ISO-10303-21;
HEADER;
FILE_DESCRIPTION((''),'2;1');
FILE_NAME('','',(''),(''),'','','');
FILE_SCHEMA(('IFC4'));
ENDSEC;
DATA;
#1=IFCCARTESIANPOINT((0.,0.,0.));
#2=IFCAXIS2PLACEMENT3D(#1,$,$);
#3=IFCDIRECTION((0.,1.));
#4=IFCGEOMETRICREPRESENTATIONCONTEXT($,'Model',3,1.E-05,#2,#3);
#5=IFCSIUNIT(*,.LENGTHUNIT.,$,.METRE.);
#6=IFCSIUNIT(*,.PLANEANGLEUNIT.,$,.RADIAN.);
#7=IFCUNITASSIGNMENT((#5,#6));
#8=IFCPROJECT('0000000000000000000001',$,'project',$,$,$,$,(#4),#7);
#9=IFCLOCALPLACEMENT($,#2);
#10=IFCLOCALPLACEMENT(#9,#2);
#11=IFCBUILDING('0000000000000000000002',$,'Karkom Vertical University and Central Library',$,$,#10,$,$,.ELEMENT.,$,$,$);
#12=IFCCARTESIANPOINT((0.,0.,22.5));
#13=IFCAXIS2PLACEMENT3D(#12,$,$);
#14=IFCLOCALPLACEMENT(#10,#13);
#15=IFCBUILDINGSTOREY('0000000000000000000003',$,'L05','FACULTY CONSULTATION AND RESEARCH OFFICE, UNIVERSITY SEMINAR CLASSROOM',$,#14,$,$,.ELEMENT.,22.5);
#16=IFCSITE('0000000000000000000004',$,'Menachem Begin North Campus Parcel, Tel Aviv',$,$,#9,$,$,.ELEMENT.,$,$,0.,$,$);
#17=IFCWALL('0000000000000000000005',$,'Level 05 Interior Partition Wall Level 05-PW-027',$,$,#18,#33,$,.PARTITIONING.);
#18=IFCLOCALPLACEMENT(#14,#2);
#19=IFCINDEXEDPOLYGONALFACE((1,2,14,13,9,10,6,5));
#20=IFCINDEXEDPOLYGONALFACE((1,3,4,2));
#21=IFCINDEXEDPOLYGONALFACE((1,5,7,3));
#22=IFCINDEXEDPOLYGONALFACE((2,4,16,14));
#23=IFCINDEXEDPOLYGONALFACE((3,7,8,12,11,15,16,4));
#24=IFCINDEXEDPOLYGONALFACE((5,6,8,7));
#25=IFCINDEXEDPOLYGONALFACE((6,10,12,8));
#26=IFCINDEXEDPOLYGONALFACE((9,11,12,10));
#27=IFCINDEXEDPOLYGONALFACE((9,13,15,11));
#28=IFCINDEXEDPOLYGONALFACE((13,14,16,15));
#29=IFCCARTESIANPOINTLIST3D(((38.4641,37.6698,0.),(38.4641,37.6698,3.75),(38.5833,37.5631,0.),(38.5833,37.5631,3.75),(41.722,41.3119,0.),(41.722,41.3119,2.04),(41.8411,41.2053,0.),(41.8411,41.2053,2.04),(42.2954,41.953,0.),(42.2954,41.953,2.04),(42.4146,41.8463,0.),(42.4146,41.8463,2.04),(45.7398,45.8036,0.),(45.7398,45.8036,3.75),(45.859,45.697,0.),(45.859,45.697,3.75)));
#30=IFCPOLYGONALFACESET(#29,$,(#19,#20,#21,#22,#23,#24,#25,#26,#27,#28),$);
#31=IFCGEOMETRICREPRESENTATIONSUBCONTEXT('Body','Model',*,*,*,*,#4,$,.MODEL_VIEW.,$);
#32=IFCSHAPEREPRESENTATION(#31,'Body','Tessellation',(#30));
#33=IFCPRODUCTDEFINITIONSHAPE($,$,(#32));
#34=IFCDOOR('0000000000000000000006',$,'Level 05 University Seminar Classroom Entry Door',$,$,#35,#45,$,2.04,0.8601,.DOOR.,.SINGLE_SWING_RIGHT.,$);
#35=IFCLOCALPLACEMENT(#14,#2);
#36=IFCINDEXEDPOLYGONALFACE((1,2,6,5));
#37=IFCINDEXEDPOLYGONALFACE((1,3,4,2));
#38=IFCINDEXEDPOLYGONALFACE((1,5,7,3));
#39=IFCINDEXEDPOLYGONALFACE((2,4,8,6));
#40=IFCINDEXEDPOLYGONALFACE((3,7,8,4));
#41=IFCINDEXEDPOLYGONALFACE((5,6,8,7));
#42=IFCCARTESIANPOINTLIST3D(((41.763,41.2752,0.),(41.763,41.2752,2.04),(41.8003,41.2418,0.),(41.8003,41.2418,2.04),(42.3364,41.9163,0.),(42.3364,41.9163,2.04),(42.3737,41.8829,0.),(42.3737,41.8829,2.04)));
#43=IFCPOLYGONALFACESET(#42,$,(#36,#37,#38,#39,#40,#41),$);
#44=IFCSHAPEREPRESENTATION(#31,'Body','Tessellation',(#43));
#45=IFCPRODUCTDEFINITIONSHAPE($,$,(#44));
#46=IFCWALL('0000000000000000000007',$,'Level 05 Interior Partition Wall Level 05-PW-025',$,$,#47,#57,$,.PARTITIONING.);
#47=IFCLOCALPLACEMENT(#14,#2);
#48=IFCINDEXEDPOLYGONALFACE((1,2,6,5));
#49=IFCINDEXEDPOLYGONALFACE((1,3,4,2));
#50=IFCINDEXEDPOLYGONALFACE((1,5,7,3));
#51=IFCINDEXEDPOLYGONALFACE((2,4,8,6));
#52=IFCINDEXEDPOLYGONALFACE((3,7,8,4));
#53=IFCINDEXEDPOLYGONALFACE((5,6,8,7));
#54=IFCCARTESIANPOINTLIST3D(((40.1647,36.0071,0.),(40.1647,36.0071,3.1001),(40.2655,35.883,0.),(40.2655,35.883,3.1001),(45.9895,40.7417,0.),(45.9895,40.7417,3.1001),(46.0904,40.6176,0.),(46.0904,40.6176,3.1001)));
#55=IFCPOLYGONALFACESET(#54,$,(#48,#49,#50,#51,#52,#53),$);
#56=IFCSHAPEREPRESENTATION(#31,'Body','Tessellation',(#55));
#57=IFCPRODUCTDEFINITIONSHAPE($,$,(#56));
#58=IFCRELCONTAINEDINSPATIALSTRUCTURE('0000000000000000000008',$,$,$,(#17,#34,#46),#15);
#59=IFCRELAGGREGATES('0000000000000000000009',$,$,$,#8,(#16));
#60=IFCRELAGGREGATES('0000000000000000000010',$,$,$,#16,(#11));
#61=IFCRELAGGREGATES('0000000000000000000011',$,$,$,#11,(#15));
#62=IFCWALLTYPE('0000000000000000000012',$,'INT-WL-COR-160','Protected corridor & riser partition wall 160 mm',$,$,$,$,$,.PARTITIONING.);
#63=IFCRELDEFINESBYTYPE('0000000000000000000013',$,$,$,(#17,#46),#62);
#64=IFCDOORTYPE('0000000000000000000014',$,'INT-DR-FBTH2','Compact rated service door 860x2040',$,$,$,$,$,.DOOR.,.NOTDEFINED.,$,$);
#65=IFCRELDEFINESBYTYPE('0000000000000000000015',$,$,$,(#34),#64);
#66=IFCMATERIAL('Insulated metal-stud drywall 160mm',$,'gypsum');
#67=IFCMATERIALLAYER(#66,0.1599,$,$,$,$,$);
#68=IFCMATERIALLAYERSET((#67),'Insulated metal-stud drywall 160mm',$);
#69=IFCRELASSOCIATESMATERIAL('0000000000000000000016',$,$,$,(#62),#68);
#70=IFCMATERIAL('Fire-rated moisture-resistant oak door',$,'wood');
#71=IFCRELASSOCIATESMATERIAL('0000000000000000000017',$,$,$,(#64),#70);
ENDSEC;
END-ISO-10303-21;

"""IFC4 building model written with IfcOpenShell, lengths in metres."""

from ifc_helpers import new_model, si_unit, direction, frame, frame_2d, origin, origin_with_axes, place, context, subcontext, project, spatial, rectangle, extrude, source, transform, mapped, material, layer, layer_set, type_object, element, fill, save


model = new_model("IFC4")

# Units and contexts
model_context = context("Model", 3, precision=1e-05, world=origin(), true_north=direction((0.0, 1.0)))
body_context = subcontext(model_context, "Body", "Model", "MODEL_VIEW")
ifc_project = project(units=[si_unit("LENGTHUNIT", "METRE"), si_unit("PLANEANGLEUNIT", "RADIAN")], contexts=[model_context])

# Site, building, storey
site_placement = place(None, origin())
site = spatial("IfcSite", under=ifc_project, at=site_placement, Name="Menachem Begin North Campus Parcel, Tel Aviv", CompositionType="ELEMENT", RefElevation=0.0)
building_placement = place(site_placement, origin())
building = spatial("IfcBuilding", under=site, at=building_placement, Name="Karkom Vertical University and Central Library", CompositionType="ELEMENT")
storey_placement = place(building_placement, frame((0.0, 0.0, 22.5)))
storey = spatial("IfcBuildingStorey", under=building, at=storey_placement, Name="L05", Description="FACULTY CONSULTATION AND RESEARCH OFFICE, UNIVERSITY SEMINAR CLASSROOM", CompositionType="ELEMENT", Elevation=22.5)

# Shared definitions
ifc_material_1 = material(Name="Insulated metal-stud drywall 160mm", Category="gypsum")
ifc_layer_1 = layer(ifc_material_1, 0.1599)
ifc_layer_set_1 = layer_set([ifc_layer_1], Name="Insulated metal-stud drywall 160mm")
wall_type_1 = type_object("IfcWallType", Name="INT-WL-COR-160", Description="Protected corridor & riser partition wall 160 mm", PredefinedType="PARTITIONING", material=ifc_layer_set_1)
ifc_material_2 = material(Name="Fire-rated moisture-resistant oak door", Category="wood")
door_type_1 = type_object("IfcDoorType", Name="INT-DR-FBTH2", Description="Compact rated service door 860x2040", OperationType="NOTDEFINED", PredefinedType="DOOR", material=ifc_material_2)
shared_shape_1 = source(origin_with_axes(), body_context, "Body", "SweptSolid", [
    extrude(rectangle(XDim=0.8601, YDim=2.04, at=frame_2d((0.4302, 1.02))), frame((0.0, 0.0249, 0.0), z_axis=(0.0, -1.0, 0.0), x_axis=(1.0, 0.0, 0.0)), (0.0, 0.0, 1.0), 0.05),
])

# Wall, opening, door
wall_1_placement = place(storey_placement, frame((38.5237, 37.6165, 0.0), z_axis=(0.0, 0.0, 1.0), x_axis=(0.666695, 0.745331, 0.0)))
wall_1 = element("IfcWall", 1, at=wall_1_placement, inside=storey, type_object=wall_type_1, Name="Level 05 Interior Partition Wall Level 05-PW-027", PredefinedType="PARTITIONING", context=body_context, shape_type="SweptSolid", body=[
    extrude(rectangle(XDim=10.9131, YDim=0.1599, at=frame_2d((5.4565, 0.0))), origin(), (0.0, 0.0, 1.0), 3.75),
])
opening_1_placement = place(wall_1_placement, frame((4.8865, 0.0, 0.0)))
opening_1 = element("IfcOpeningElement", 2, at=opening_1_placement, cuts=wall_1, PredefinedType="OPENING", context=body_context, shape_type="SweptSolid", body=[
    extrude(rectangle(XDim=0.8601, YDim=2.04, at=frame_2d((0.4302, 1.02))), frame((0.0, 0.0898, 0.0), z_axis=(0.0, -1.0, 0.0), x_axis=(1.0, 0.0, 0.0)), (0.0, 0.0, 1.0), 0.1799),
])
door_1_placement = place(opening_1_placement, origin())
door_1 = element("IfcDoor", 3, at=door_1_placement, inside=storey, type_object=door_type_1, Name="Level 05 University Seminar Classroom Entry Door", OperationType="SINGLE_SWING_RIGHT", OverallHeight=2.04, OverallWidth=0.8601, PredefinedType="DOOR", context=body_context, shape_type="MappedRepresentation", body=[
    mapped(shared_shape_1, transform((0.0, 0.0, 0.0), scale=1.0)),
])
fill(opening_1, door_1)

# Wall
wall_2_placement = place(storey_placement, frame((40.2151, 35.9451, 0.0), z_axis=(0.0, 0.0, 1.0), x_axis=(0.775994, 0.630741, 0.0)))
element("IfcWall", 4, at=wall_2_placement, inside=storey, type_object=wall_type_1, Name="Level 05 Interior Partition Wall Level 05-PW-025", PredefinedType="PARTITIONING", context=body_context, shape_type="SweptSolid", body=[
    extrude(rectangle(XDim=7.5063, YDim=0.1599, at=frame_2d((3.7532, 0.0))), origin(), (0.0, 0.0, 1.0), 3.1001),
])

save(model, "model.ifc")
